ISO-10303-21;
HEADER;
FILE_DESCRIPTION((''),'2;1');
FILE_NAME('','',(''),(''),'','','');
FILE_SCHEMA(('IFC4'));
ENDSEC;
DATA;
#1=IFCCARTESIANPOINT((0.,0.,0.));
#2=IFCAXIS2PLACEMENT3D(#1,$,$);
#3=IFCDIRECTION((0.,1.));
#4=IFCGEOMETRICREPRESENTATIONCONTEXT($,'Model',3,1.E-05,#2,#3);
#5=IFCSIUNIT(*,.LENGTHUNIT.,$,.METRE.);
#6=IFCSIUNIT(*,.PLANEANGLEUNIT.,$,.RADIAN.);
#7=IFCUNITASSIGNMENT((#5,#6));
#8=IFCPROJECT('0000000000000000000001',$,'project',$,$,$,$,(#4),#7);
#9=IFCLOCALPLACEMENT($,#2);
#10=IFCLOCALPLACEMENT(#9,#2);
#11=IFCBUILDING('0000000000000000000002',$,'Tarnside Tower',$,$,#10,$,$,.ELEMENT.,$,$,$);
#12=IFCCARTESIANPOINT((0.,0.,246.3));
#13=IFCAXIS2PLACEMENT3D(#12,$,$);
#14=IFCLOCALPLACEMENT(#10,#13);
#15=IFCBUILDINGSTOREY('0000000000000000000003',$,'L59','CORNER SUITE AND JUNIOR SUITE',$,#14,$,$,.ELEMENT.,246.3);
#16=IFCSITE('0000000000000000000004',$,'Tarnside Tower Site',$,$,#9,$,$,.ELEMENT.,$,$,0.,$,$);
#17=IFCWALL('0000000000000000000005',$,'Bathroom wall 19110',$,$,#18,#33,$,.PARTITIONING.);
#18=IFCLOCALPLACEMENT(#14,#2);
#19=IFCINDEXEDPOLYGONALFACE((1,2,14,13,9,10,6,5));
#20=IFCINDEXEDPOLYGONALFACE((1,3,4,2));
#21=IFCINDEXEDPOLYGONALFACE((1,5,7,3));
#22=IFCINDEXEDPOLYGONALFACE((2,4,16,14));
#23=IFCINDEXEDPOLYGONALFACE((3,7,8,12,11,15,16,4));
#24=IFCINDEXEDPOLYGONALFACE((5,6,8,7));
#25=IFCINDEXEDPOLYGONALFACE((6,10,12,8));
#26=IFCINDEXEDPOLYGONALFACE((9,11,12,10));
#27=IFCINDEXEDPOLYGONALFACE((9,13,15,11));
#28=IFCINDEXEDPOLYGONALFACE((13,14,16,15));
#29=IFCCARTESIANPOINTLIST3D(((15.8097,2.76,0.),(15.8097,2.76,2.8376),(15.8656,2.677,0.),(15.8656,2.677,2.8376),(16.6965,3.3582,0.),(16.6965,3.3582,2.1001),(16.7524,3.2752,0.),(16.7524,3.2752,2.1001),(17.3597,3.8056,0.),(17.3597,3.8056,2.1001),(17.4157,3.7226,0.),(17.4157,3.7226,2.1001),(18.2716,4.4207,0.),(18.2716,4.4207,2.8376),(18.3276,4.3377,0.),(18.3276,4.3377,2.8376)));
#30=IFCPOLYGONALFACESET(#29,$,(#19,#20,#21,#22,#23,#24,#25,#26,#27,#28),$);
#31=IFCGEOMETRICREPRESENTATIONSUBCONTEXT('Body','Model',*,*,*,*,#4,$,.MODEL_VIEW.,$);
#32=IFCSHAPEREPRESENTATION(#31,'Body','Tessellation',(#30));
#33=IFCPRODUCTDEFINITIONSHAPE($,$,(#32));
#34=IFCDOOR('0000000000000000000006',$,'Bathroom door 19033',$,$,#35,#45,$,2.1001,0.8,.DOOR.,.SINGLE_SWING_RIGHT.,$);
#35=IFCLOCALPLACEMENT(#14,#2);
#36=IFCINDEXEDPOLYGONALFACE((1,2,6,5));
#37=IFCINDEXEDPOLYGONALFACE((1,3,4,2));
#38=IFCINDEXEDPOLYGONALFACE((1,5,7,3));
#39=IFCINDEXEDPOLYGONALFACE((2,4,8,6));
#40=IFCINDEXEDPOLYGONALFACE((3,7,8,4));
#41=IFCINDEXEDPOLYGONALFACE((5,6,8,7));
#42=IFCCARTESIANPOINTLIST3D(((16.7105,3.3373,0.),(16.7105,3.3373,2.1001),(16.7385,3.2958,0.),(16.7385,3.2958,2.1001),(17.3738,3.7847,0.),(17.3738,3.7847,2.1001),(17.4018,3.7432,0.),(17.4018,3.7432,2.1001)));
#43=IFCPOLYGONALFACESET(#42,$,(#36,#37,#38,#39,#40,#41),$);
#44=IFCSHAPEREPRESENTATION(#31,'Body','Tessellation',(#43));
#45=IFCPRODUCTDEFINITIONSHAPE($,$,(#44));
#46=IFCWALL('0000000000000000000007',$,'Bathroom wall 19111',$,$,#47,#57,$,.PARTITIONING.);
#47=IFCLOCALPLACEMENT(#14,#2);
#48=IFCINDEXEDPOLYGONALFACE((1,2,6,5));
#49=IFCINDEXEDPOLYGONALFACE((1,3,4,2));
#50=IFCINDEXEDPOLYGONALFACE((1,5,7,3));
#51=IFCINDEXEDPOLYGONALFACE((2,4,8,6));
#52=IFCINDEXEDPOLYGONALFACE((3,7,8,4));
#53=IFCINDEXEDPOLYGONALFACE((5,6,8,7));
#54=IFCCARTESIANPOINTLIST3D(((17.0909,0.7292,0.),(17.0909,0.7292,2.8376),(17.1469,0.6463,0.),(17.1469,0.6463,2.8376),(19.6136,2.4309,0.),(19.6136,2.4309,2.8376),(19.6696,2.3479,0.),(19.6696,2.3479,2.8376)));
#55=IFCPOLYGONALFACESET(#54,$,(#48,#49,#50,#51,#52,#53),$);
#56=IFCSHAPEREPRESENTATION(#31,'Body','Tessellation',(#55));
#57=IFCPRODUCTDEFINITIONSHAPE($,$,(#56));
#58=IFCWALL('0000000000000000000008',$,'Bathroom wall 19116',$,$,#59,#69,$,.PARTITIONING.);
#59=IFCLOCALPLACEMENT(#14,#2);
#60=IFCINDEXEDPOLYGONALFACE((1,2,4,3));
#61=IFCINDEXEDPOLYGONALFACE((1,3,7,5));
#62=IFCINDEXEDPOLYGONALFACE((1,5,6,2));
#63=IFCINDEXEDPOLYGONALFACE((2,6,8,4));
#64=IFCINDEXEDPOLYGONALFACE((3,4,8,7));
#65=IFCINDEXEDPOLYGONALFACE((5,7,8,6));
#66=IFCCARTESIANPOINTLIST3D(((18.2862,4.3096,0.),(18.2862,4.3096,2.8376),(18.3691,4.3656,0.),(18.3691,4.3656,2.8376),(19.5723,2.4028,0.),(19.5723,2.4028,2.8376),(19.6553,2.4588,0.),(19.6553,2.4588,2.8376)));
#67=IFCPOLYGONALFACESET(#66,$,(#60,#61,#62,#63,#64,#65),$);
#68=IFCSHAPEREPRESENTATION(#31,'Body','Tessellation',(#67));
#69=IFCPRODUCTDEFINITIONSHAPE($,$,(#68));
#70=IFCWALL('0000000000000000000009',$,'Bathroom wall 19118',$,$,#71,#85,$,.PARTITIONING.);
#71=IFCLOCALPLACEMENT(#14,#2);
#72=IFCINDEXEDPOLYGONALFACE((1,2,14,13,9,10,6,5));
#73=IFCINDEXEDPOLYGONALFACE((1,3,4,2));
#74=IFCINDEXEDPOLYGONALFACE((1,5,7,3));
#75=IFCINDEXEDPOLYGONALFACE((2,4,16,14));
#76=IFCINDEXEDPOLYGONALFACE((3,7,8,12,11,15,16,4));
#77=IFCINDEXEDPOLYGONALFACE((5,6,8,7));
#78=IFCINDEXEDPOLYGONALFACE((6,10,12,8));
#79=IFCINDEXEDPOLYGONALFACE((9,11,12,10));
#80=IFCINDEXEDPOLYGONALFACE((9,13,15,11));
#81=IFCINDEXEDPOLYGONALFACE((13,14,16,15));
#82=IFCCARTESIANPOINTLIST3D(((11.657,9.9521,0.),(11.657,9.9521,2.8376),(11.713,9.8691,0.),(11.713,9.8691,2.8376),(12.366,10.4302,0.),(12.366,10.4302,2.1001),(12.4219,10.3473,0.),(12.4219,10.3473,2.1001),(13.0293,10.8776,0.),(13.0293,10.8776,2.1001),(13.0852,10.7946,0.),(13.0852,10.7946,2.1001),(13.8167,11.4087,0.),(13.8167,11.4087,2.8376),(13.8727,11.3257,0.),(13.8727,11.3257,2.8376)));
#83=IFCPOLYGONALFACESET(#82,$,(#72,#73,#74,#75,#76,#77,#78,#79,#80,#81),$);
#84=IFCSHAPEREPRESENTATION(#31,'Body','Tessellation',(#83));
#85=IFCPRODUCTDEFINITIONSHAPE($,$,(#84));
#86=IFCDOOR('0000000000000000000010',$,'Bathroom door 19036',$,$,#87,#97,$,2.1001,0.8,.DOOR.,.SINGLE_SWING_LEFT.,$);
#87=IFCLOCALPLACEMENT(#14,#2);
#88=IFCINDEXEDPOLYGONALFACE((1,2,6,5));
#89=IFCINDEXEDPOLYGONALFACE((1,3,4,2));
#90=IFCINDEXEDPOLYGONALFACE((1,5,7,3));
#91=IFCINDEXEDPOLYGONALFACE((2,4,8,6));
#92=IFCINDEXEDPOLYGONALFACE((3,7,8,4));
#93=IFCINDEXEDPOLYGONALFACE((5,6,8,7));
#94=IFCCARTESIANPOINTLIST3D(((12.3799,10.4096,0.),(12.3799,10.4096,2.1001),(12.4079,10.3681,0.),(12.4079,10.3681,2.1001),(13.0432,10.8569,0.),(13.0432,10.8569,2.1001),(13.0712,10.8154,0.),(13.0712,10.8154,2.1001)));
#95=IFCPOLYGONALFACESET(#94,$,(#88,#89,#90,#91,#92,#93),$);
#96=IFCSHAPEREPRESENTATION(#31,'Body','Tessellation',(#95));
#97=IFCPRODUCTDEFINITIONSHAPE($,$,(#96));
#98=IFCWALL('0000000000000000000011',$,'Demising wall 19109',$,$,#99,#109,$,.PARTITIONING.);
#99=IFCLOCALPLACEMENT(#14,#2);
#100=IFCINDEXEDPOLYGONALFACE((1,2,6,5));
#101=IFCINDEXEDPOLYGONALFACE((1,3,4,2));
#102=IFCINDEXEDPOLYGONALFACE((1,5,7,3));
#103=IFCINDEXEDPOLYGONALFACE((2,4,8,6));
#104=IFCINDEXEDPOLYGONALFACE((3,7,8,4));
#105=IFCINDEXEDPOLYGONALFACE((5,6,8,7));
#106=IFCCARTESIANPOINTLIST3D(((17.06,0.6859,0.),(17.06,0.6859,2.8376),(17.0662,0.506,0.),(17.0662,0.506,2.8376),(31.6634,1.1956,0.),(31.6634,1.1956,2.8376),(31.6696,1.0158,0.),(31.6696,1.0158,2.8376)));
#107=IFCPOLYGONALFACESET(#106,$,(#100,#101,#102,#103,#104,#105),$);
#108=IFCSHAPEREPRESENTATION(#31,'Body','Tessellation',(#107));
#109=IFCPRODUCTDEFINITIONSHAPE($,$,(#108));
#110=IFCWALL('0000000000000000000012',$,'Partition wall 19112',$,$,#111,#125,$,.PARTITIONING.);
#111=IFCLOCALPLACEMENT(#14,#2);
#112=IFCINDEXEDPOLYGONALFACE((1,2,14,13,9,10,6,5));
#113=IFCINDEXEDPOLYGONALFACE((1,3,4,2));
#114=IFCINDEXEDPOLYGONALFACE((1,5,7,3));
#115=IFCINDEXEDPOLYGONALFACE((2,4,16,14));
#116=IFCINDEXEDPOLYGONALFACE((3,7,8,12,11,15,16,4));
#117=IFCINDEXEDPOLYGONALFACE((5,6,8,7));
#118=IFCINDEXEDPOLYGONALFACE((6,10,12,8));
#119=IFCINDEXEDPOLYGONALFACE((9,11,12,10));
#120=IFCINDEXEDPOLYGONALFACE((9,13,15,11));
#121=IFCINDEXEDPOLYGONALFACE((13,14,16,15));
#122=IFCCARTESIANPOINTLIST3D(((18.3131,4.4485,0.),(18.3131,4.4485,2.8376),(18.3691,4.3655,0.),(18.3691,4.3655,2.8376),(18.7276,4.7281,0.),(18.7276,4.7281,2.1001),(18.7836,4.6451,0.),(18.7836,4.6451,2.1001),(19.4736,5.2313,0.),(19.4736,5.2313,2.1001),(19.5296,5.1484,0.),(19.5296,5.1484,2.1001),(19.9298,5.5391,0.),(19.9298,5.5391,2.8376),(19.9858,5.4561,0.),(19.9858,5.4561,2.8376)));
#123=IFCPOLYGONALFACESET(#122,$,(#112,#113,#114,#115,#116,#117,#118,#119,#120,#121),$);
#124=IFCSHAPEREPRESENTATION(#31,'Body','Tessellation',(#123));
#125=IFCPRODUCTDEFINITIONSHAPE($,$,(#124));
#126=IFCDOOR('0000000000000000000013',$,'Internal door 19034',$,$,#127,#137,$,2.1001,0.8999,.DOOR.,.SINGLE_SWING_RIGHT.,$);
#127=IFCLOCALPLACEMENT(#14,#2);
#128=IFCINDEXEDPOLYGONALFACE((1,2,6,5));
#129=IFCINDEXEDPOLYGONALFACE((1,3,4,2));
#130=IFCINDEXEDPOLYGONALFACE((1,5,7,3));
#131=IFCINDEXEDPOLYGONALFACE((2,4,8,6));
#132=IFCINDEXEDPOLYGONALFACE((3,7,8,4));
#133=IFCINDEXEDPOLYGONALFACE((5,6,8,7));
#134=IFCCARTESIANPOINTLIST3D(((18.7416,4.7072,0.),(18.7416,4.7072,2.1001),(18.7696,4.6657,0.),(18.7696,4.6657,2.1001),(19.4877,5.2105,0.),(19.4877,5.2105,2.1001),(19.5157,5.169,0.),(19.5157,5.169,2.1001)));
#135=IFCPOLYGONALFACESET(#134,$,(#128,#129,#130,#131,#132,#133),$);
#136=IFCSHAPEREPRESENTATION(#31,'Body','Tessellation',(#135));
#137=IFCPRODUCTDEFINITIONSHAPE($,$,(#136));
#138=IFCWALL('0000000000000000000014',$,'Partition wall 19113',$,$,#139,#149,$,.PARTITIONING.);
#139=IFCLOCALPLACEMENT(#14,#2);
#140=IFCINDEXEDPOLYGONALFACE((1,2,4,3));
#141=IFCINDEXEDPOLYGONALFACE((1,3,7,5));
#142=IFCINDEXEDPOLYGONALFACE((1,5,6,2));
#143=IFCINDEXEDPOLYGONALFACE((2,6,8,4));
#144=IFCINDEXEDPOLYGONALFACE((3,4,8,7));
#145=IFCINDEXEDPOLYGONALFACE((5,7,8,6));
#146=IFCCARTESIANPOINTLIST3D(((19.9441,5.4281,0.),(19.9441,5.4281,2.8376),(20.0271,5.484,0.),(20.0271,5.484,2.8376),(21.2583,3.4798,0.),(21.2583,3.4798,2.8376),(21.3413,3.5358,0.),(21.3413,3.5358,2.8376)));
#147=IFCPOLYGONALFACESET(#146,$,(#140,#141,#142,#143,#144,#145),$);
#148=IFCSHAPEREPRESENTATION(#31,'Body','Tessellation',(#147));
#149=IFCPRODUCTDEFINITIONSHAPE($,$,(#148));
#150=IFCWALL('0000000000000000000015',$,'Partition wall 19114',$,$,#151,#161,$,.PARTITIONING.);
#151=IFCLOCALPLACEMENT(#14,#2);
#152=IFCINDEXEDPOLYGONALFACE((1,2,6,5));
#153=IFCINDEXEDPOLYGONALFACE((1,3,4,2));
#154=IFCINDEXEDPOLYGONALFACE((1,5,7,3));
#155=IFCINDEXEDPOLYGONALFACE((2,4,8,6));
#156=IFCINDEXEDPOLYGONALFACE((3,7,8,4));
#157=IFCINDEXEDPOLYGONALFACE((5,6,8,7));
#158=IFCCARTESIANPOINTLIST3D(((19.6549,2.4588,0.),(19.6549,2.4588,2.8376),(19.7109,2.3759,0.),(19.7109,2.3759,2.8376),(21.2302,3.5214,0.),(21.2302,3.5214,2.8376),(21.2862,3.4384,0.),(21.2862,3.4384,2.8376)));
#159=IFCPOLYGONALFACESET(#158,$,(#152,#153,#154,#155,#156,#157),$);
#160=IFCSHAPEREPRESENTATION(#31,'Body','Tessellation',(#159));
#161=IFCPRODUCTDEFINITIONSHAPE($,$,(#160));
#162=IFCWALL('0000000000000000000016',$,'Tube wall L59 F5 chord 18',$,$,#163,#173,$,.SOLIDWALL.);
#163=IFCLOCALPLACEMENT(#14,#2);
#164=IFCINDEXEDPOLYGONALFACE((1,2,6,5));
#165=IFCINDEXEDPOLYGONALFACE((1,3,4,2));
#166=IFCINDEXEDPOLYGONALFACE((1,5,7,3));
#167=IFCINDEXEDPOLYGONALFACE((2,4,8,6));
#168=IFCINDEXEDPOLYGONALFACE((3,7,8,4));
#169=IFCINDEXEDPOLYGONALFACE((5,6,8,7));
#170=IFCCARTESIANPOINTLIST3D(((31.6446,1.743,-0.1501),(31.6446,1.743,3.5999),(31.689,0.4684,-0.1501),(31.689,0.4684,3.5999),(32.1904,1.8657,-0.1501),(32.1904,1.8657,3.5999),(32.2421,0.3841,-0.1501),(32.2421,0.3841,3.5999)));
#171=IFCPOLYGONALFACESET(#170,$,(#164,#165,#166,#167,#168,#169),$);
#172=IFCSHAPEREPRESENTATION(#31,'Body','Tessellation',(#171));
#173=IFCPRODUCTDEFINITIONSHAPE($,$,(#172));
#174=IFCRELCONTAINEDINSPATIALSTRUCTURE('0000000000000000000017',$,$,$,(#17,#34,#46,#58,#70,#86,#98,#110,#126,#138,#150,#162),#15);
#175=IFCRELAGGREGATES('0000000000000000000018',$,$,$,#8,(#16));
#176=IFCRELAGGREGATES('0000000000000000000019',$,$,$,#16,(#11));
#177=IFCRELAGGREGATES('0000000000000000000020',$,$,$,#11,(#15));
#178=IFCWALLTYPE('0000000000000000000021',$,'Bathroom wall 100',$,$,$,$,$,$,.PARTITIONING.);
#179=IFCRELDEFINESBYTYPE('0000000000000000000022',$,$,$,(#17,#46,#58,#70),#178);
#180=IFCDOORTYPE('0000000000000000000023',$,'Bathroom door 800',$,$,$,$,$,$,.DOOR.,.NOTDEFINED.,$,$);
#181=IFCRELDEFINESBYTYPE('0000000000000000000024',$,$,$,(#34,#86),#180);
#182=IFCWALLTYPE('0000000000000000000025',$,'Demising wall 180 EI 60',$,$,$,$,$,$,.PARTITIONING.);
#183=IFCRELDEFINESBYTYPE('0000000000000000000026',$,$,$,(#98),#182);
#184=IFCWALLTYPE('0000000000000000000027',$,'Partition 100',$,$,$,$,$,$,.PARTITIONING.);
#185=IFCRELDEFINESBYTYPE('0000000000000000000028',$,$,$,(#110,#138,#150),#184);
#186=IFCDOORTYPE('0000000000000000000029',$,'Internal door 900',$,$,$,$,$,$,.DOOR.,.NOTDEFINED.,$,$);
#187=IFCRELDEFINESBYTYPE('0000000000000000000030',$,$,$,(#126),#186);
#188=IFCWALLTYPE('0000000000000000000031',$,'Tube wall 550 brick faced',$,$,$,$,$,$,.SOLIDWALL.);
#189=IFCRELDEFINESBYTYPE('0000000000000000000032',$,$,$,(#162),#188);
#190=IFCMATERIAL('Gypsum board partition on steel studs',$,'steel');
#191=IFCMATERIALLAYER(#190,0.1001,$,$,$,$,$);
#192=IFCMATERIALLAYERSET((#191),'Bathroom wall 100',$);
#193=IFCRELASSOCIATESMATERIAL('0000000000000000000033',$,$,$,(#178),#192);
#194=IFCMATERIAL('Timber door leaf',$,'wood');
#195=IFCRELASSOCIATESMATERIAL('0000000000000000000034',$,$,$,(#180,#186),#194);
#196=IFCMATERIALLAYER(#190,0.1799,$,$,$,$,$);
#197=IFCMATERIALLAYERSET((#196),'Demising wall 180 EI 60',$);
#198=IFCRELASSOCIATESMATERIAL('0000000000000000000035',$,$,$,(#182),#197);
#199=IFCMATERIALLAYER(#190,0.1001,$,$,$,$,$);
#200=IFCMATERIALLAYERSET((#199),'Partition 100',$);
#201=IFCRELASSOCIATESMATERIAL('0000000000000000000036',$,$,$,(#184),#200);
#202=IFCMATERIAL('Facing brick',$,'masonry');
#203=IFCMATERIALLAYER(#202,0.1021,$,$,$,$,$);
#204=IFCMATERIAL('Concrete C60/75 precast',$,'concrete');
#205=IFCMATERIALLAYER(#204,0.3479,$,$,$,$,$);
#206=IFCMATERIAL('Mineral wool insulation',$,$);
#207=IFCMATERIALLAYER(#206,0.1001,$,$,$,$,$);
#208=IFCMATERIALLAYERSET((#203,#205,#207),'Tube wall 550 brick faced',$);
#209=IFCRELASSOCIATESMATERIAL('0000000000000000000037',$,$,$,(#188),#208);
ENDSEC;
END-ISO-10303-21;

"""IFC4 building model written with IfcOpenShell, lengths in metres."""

from ifc_helpers import new_model, si_unit, direction, frame, frame_2d, origin, place, context, subcontext, project, spatial, polyline, rectangle, outline, extrude, material, layer, layer_set, type_object, element, fill, save


model = new_model("IFC4")

# Units and contexts
model_context = context("Model", 3, precision=1e-05, world=origin(), true_north=direction((0.0, 1.0)))
body_context = subcontext(model_context, "Body", "Model", "MODEL_VIEW")
ifc_project = project(units=[si_unit("LENGTHUNIT", "METRE"), si_unit("PLANEANGLEUNIT", "RADIAN")], contexts=[model_context])

# Site, building, storey
site_placement = place(None, origin())
site = spatial("IfcSite", under=ifc_project, at=site_placement, Name="Tarnside Tower Site", CompositionType="ELEMENT", RefElevation=0.0)
building_placement = place(site_placement, origin())
building = spatial("IfcBuilding", under=site, at=building_placement, Name="Tarnside Tower", CompositionType="ELEMENT")
storey_placement = place(building_placement, frame((0.0, 0.0, 246.3)))
storey = spatial("IfcBuildingStorey", under=building, at=storey_placement, Name="L59", Description="CORNER SUITE AND JUNIOR SUITE", CompositionType="ELEMENT", Elevation=246.3)

# Wall, opening, door
ifc_material_1 = material(Name="Gypsum board partition on steel studs", Category="steel")
ifc_layer_1 = layer(ifc_material_1, 0.1001)
ifc_layer_set_1 = layer_set([ifc_layer_1], Name="Bathroom wall 100")
wall_type_1 = type_object("IfcWallType", Name="Bathroom wall 100", PredefinedType="PARTITIONING", material=ifc_layer_set_1)
wall_1_placement = place(storey_placement, frame((15.8376, 2.7185, 0.0), z_axis=(0.0, 0.0, 1.0), x_axis=(0.829028, 0.559207, 0.0)))
wall_1 = element("IfcWall", 1, at=wall_1_placement, inside=storey, type_object=wall_type_1, Name="Bathroom wall 19110", PredefinedType="PARTITIONING", context=body_context, shape_type="SweptSolid", body=[
    extrude(rectangle(XDim=2.9697, YDim=0.1001, at=frame_2d((1.4849, 0.0))), origin(), (0.0, 0.0, 1.0), 2.8376),
])
opening_1_placement = place(wall_1_placement, frame((1.0698, 0.0, 0.0)))
opening_1 = element("IfcOpeningElement", 2, at=opening_1_placement, cuts=wall_1, PredefinedType="OPENING", context=body_context, shape_type="SweptSolid", body=[
    extrude(rectangle(XDim=0.8, YDim=2.1001, at=frame_2d((0.3999, 1.05))), frame((0.0, 0.0601, 0.0), z_axis=(0.0, -1.0, 0.0), x_axis=(1.0, 0.0, 0.0)), (0.0, 0.0, 1.0), 0.1201),
])
ifc_material_2 = material(Name="Timber door leaf", Category="wood")
door_type_1 = type_object("IfcDoorType", Name="Bathroom door 800", OperationType="NOTDEFINED", PredefinedType="DOOR", material=ifc_material_2)
door_1_placement = place(opening_1_placement, origin())
door_1 = element("IfcDoor", 3, at=door_1_placement, inside=storey, type_object=door_type_1, Name="Bathroom door 19033", OperationType="SINGLE_SWING_RIGHT", OverallHeight=2.1001, OverallWidth=0.8, PredefinedType="DOOR", context=body_context, shape_type="SweptSolid", body=[
    extrude(rectangle(XDim=0.8, YDim=2.1001, at=frame_2d((0.3999, 1.05))), frame((0.0, 0.0249, 0.0), z_axis=(0.0, -1.0, 0.0), x_axis=(1.0, 0.0, 0.0)), (0.0, 0.0, 1.0), 0.05),
])
fill(opening_1, door_1)

# Walls
wall_2_placement = place(storey_placement, frame((19.6416, 2.3894, 0.0), z_axis=(0.0, 0.0, 1.0), x_axis=(-0.829026, -0.55921, 0.0)))
element("IfcWall", 4, at=wall_2_placement, inside=storey, type_object=wall_type_1, Name="Bathroom wall 19111", PredefinedType="PARTITIONING", context=body_context, shape_type="SweptSolid", body=[
    extrude(rectangle(XDim=3.043, YDim=0.1001, at=frame_2d((1.5215, 0.0))), origin(), (0.0, 0.0, 1.0), 2.8376),
])
wall_3_placement = place(storey_placement, frame((19.6138, 2.4309, 0.0), z_axis=(0.0, 0.0, 1.0), x_axis=(-0.559199, 0.829033, 0.0)))
element("IfcWall", 5, at=wall_3_placement, inside=storey, type_object=wall_type_1, Name="Bathroom wall 19116", PredefinedType="PARTITIONING", context=body_context, shape_type="SweptSolid", body=[
    extrude(rectangle(XDim=2.3, YDim=0.1001, at=frame_2d((1.1499, 0.0))), origin(), (0.0, 0.0, 1.0), 2.8376),
])

# Wall, opening, door
wall_4_placement = place(storey_placement, frame((13.8447, 11.3672, 0.0), z_axis=(0.0, 0.0, 1.0), x_axis=(-0.829068, -0.559148, 0.0)))
wall_4 = element("IfcWall", 6, at=wall_4_placement, inside=storey, type_object=wall_type_1, Name="Bathroom wall 19118", PredefinedType="PARTITIONING", context=body_context, shape_type="SweptSolid", body=[
    extrude(rectangle(XDim=2.605, YDim=0.1001, at=frame_2d((1.3025, 0.0))), origin(), (0.0, 0.0, 1.0), 2.8376),
])
opening_2_placement = place(wall_4_placement, frame((0.95, 0.0, 0.0)))
opening_2 = element("IfcOpeningElement", 7, at=opening_2_placement, cuts=wall_4, PredefinedType="OPENING", context=body_context, shape_type="SweptSolid", body=[
    extrude(rectangle(XDim=0.8, YDim=2.1001, at=frame_2d((0.3999, 1.05))), frame((0.0, 0.0601, 0.0), z_axis=(0.0, -1.0, 0.0), x_axis=(1.0, 0.0, 0.0)), (0.0, 0.0, 1.0), 0.1201),
])
door_2_placement = place(opening_2_placement, origin())
door_2 = element("IfcDoor", 8, at=door_2_placement, inside=storey, type_object=door_type_1, Name="Bathroom door 19036", OperationType="SINGLE_SWING_LEFT", OverallHeight=2.1001, OverallWidth=0.8, PredefinedType="DOOR", context=body_context, shape_type="SweptSolid", body=[
    extrude(rectangle(XDim=0.8, YDim=2.1001, at=frame_2d((0.3999, 1.05))), frame((0.0, 0.0249, 0.0), z_axis=(0.0, -1.0, 0.0), x_axis=(1.0, 0.0, 0.0)), (0.0, 0.0, 1.0), 0.05),
])
fill(opening_2, door_2)

# Wall
ifc_layer_2 = layer(ifc_material_1, 0.1799)
ifc_layer_set_2 = layer_set([ifc_layer_2], Name="Demising wall 180 EI 60")
wall_type_2 = type_object("IfcWallType", Name="Demising wall 180 EI 60", PredefinedType="PARTITIONING", material=ifc_layer_set_2)
wall_5_placement = place(storey_placement, frame((31.6665, 1.1057, 0.0), z_axis=(0.0, 0.0, 1.0), x_axis=(-0.999391, -0.034886, 0.0)))
element("IfcWall", 9, at=wall_5_placement, inside=storey, type_object=wall_type_2, Name="Demising wall 19109", PredefinedType="PARTITIONING", context=body_context, shape_type="SweptSolid", body=[
    extrude(rectangle(XDim=14.6123, YDim=0.1799, at=frame_2d((7.3062, 0.0))), origin(), (0.0, 0.0, 1.0), 2.8376),
])

# Wall, opening, door
ifc_layer_3 = layer(ifc_material_1, 0.1001)
ifc_layer_set_3 = layer_set([ifc_layer_3], Name="Partition 100")
wall_type_3 = type_object("IfcWallType", Name="Partition 100", PredefinedType="PARTITIONING", material=ifc_layer_set_3)
wall_6_placement = place(storey_placement, frame((18.3411, 4.407, 0.0), z_axis=(0.0, 0.0, 1.0), x_axis=(0.829014, 0.559228, 0.0)))
wall_6 = element("IfcWall", 10, at=wall_6_placement, inside=storey, type_object=wall_type_3, Name="Partition wall 19112", PredefinedType="PARTITIONING", context=body_context, shape_type="SweptSolid", body=[
    extrude(rectangle(XDim=1.9502, YDim=0.1001, at=frame_2d((0.9751, 0.0))), origin(), (0.0, 0.0, 1.0), 2.8376),
])
opening_3_placement = place(wall_6_placement, frame((0.5, 0.0, 0.0)))
opening_3 = element("IfcOpeningElement", 11, at=opening_3_placement, cuts=wall_6, PredefinedType="OPENING", context=body_context, shape_type="SweptSolid", body=[
    extrude(rectangle(XDim=0.8999, YDim=2.1001, at=frame_2d((0.45, 1.05))), frame((0.0, 0.0601, 0.0), z_axis=(0.0, -1.0, 0.0), x_axis=(1.0, 0.0, 0.0)), (0.0, 0.0, 1.0), 0.1201),
])
door_type_2 = type_object("IfcDoorType", Name="Internal door 900", OperationType="NOTDEFINED", PredefinedType="DOOR", material=ifc_material_2)
door_3_placement = place(opening_3_placement, origin())
door_3 = element("IfcDoor", 12, at=door_3_placement, inside=storey, type_object=door_type_2, Name="Internal door 19034", OperationType="SINGLE_SWING_RIGHT", OverallHeight=2.1001, OverallWidth=0.8999, PredefinedType="DOOR", context=body_context, shape_type="SweptSolid", body=[
    extrude(rectangle(XDim=0.8999, YDim=2.1001, at=frame_2d((0.45, 1.05))), frame((0.0, 0.0249, 0.0), z_axis=(0.0, -1.0, 0.0), x_axis=(1.0, 0.0, 0.0)), (0.0, 0.0, 1.0), 0.05),
])
fill(opening_3, door_3)

# Walls
wall_7_placement = place(storey_placement, frame((19.9856, 5.4561, 0.0), z_axis=(0.0, 0.0, 1.0), x_axis=(0.559223, -0.829017, 0.0)))
element("IfcWall", 13, at=wall_7_placement, inside=storey, type_object=wall_type_3, Name="Partition wall 19113", PredefinedType="PARTITIONING", context=body_context, shape_type="SweptSolid", body=[
    extrude(rectangle(XDim=2.3501, YDim=0.1001, at=frame_2d((1.175, 0.0))), origin(), (0.0, 0.0, 1.0), 2.8376),
])
wall_8_placement = place(storey_placement, frame((21.2583, 3.48, 0.0), z_axis=(0.0, 0.0, 1.0), x_axis=(-0.829033, -0.559199, 0.0)))
element("IfcWall", 14, at=wall_8_placement, inside=storey, type_object=wall_type_3, Name="Partition wall 19114", PredefinedType="PARTITIONING", context=body_context, shape_type="SweptSolid", body=[
    extrude(rectangle(XDim=1.9001, YDim=0.1001, at=frame_2d((0.9502, 0.0))), origin(), (0.0, 0.0, 1.0), 2.8376),
])
ifc_material_3 = material(Name="Facing brick", Category="masonry")
ifc_layer_4 = layer(ifc_material_3, 0.1021)
ifc_material_4 = material(Name="Concrete C60/75 precast", Category="concrete")
ifc_layer_5 = layer(ifc_material_4, 0.3479)
ifc_material_5 = material(Name="Mineral wool insulation")
ifc_layer_6 = layer(ifc_material_5, 0.1001)
ifc_layer_set_4 = layer_set([ifc_layer_4, ifc_layer_5, ifc_layer_6], Name="Tube wall 550 brick faced")
wall_type_4 = type_object("IfcWallType", Name="Tube wall 550 brick faced", PredefinedType="SOLIDWALL", material=ifc_layer_set_4)
wall_9_placement = place(storey_placement, frame((31.9656, 0.4263, -0.1501), z_axis=(0.0, 0.0, 1.0), x_axis=(-0.034877, 0.999392, 0.0)))
element("IfcWall", 15, at=wall_9_placement, inside=storey, type_object=wall_type_4, Name="Tube wall L59 F5 chord 18", PredefinedType="SOLIDWALL", context=body_context, shape_type="SweptSolid", body=[
    extrude(outline(polyline([(-0.0518, -0.2749), (1.4307, -0.2749), (1.3271, 0.2749), (0.0518, 0.2749), (-0.0518, -0.2749)])), origin(), (0.0, 0.0, 1.0), 3.75),
])

save(model, "model.ifc")
